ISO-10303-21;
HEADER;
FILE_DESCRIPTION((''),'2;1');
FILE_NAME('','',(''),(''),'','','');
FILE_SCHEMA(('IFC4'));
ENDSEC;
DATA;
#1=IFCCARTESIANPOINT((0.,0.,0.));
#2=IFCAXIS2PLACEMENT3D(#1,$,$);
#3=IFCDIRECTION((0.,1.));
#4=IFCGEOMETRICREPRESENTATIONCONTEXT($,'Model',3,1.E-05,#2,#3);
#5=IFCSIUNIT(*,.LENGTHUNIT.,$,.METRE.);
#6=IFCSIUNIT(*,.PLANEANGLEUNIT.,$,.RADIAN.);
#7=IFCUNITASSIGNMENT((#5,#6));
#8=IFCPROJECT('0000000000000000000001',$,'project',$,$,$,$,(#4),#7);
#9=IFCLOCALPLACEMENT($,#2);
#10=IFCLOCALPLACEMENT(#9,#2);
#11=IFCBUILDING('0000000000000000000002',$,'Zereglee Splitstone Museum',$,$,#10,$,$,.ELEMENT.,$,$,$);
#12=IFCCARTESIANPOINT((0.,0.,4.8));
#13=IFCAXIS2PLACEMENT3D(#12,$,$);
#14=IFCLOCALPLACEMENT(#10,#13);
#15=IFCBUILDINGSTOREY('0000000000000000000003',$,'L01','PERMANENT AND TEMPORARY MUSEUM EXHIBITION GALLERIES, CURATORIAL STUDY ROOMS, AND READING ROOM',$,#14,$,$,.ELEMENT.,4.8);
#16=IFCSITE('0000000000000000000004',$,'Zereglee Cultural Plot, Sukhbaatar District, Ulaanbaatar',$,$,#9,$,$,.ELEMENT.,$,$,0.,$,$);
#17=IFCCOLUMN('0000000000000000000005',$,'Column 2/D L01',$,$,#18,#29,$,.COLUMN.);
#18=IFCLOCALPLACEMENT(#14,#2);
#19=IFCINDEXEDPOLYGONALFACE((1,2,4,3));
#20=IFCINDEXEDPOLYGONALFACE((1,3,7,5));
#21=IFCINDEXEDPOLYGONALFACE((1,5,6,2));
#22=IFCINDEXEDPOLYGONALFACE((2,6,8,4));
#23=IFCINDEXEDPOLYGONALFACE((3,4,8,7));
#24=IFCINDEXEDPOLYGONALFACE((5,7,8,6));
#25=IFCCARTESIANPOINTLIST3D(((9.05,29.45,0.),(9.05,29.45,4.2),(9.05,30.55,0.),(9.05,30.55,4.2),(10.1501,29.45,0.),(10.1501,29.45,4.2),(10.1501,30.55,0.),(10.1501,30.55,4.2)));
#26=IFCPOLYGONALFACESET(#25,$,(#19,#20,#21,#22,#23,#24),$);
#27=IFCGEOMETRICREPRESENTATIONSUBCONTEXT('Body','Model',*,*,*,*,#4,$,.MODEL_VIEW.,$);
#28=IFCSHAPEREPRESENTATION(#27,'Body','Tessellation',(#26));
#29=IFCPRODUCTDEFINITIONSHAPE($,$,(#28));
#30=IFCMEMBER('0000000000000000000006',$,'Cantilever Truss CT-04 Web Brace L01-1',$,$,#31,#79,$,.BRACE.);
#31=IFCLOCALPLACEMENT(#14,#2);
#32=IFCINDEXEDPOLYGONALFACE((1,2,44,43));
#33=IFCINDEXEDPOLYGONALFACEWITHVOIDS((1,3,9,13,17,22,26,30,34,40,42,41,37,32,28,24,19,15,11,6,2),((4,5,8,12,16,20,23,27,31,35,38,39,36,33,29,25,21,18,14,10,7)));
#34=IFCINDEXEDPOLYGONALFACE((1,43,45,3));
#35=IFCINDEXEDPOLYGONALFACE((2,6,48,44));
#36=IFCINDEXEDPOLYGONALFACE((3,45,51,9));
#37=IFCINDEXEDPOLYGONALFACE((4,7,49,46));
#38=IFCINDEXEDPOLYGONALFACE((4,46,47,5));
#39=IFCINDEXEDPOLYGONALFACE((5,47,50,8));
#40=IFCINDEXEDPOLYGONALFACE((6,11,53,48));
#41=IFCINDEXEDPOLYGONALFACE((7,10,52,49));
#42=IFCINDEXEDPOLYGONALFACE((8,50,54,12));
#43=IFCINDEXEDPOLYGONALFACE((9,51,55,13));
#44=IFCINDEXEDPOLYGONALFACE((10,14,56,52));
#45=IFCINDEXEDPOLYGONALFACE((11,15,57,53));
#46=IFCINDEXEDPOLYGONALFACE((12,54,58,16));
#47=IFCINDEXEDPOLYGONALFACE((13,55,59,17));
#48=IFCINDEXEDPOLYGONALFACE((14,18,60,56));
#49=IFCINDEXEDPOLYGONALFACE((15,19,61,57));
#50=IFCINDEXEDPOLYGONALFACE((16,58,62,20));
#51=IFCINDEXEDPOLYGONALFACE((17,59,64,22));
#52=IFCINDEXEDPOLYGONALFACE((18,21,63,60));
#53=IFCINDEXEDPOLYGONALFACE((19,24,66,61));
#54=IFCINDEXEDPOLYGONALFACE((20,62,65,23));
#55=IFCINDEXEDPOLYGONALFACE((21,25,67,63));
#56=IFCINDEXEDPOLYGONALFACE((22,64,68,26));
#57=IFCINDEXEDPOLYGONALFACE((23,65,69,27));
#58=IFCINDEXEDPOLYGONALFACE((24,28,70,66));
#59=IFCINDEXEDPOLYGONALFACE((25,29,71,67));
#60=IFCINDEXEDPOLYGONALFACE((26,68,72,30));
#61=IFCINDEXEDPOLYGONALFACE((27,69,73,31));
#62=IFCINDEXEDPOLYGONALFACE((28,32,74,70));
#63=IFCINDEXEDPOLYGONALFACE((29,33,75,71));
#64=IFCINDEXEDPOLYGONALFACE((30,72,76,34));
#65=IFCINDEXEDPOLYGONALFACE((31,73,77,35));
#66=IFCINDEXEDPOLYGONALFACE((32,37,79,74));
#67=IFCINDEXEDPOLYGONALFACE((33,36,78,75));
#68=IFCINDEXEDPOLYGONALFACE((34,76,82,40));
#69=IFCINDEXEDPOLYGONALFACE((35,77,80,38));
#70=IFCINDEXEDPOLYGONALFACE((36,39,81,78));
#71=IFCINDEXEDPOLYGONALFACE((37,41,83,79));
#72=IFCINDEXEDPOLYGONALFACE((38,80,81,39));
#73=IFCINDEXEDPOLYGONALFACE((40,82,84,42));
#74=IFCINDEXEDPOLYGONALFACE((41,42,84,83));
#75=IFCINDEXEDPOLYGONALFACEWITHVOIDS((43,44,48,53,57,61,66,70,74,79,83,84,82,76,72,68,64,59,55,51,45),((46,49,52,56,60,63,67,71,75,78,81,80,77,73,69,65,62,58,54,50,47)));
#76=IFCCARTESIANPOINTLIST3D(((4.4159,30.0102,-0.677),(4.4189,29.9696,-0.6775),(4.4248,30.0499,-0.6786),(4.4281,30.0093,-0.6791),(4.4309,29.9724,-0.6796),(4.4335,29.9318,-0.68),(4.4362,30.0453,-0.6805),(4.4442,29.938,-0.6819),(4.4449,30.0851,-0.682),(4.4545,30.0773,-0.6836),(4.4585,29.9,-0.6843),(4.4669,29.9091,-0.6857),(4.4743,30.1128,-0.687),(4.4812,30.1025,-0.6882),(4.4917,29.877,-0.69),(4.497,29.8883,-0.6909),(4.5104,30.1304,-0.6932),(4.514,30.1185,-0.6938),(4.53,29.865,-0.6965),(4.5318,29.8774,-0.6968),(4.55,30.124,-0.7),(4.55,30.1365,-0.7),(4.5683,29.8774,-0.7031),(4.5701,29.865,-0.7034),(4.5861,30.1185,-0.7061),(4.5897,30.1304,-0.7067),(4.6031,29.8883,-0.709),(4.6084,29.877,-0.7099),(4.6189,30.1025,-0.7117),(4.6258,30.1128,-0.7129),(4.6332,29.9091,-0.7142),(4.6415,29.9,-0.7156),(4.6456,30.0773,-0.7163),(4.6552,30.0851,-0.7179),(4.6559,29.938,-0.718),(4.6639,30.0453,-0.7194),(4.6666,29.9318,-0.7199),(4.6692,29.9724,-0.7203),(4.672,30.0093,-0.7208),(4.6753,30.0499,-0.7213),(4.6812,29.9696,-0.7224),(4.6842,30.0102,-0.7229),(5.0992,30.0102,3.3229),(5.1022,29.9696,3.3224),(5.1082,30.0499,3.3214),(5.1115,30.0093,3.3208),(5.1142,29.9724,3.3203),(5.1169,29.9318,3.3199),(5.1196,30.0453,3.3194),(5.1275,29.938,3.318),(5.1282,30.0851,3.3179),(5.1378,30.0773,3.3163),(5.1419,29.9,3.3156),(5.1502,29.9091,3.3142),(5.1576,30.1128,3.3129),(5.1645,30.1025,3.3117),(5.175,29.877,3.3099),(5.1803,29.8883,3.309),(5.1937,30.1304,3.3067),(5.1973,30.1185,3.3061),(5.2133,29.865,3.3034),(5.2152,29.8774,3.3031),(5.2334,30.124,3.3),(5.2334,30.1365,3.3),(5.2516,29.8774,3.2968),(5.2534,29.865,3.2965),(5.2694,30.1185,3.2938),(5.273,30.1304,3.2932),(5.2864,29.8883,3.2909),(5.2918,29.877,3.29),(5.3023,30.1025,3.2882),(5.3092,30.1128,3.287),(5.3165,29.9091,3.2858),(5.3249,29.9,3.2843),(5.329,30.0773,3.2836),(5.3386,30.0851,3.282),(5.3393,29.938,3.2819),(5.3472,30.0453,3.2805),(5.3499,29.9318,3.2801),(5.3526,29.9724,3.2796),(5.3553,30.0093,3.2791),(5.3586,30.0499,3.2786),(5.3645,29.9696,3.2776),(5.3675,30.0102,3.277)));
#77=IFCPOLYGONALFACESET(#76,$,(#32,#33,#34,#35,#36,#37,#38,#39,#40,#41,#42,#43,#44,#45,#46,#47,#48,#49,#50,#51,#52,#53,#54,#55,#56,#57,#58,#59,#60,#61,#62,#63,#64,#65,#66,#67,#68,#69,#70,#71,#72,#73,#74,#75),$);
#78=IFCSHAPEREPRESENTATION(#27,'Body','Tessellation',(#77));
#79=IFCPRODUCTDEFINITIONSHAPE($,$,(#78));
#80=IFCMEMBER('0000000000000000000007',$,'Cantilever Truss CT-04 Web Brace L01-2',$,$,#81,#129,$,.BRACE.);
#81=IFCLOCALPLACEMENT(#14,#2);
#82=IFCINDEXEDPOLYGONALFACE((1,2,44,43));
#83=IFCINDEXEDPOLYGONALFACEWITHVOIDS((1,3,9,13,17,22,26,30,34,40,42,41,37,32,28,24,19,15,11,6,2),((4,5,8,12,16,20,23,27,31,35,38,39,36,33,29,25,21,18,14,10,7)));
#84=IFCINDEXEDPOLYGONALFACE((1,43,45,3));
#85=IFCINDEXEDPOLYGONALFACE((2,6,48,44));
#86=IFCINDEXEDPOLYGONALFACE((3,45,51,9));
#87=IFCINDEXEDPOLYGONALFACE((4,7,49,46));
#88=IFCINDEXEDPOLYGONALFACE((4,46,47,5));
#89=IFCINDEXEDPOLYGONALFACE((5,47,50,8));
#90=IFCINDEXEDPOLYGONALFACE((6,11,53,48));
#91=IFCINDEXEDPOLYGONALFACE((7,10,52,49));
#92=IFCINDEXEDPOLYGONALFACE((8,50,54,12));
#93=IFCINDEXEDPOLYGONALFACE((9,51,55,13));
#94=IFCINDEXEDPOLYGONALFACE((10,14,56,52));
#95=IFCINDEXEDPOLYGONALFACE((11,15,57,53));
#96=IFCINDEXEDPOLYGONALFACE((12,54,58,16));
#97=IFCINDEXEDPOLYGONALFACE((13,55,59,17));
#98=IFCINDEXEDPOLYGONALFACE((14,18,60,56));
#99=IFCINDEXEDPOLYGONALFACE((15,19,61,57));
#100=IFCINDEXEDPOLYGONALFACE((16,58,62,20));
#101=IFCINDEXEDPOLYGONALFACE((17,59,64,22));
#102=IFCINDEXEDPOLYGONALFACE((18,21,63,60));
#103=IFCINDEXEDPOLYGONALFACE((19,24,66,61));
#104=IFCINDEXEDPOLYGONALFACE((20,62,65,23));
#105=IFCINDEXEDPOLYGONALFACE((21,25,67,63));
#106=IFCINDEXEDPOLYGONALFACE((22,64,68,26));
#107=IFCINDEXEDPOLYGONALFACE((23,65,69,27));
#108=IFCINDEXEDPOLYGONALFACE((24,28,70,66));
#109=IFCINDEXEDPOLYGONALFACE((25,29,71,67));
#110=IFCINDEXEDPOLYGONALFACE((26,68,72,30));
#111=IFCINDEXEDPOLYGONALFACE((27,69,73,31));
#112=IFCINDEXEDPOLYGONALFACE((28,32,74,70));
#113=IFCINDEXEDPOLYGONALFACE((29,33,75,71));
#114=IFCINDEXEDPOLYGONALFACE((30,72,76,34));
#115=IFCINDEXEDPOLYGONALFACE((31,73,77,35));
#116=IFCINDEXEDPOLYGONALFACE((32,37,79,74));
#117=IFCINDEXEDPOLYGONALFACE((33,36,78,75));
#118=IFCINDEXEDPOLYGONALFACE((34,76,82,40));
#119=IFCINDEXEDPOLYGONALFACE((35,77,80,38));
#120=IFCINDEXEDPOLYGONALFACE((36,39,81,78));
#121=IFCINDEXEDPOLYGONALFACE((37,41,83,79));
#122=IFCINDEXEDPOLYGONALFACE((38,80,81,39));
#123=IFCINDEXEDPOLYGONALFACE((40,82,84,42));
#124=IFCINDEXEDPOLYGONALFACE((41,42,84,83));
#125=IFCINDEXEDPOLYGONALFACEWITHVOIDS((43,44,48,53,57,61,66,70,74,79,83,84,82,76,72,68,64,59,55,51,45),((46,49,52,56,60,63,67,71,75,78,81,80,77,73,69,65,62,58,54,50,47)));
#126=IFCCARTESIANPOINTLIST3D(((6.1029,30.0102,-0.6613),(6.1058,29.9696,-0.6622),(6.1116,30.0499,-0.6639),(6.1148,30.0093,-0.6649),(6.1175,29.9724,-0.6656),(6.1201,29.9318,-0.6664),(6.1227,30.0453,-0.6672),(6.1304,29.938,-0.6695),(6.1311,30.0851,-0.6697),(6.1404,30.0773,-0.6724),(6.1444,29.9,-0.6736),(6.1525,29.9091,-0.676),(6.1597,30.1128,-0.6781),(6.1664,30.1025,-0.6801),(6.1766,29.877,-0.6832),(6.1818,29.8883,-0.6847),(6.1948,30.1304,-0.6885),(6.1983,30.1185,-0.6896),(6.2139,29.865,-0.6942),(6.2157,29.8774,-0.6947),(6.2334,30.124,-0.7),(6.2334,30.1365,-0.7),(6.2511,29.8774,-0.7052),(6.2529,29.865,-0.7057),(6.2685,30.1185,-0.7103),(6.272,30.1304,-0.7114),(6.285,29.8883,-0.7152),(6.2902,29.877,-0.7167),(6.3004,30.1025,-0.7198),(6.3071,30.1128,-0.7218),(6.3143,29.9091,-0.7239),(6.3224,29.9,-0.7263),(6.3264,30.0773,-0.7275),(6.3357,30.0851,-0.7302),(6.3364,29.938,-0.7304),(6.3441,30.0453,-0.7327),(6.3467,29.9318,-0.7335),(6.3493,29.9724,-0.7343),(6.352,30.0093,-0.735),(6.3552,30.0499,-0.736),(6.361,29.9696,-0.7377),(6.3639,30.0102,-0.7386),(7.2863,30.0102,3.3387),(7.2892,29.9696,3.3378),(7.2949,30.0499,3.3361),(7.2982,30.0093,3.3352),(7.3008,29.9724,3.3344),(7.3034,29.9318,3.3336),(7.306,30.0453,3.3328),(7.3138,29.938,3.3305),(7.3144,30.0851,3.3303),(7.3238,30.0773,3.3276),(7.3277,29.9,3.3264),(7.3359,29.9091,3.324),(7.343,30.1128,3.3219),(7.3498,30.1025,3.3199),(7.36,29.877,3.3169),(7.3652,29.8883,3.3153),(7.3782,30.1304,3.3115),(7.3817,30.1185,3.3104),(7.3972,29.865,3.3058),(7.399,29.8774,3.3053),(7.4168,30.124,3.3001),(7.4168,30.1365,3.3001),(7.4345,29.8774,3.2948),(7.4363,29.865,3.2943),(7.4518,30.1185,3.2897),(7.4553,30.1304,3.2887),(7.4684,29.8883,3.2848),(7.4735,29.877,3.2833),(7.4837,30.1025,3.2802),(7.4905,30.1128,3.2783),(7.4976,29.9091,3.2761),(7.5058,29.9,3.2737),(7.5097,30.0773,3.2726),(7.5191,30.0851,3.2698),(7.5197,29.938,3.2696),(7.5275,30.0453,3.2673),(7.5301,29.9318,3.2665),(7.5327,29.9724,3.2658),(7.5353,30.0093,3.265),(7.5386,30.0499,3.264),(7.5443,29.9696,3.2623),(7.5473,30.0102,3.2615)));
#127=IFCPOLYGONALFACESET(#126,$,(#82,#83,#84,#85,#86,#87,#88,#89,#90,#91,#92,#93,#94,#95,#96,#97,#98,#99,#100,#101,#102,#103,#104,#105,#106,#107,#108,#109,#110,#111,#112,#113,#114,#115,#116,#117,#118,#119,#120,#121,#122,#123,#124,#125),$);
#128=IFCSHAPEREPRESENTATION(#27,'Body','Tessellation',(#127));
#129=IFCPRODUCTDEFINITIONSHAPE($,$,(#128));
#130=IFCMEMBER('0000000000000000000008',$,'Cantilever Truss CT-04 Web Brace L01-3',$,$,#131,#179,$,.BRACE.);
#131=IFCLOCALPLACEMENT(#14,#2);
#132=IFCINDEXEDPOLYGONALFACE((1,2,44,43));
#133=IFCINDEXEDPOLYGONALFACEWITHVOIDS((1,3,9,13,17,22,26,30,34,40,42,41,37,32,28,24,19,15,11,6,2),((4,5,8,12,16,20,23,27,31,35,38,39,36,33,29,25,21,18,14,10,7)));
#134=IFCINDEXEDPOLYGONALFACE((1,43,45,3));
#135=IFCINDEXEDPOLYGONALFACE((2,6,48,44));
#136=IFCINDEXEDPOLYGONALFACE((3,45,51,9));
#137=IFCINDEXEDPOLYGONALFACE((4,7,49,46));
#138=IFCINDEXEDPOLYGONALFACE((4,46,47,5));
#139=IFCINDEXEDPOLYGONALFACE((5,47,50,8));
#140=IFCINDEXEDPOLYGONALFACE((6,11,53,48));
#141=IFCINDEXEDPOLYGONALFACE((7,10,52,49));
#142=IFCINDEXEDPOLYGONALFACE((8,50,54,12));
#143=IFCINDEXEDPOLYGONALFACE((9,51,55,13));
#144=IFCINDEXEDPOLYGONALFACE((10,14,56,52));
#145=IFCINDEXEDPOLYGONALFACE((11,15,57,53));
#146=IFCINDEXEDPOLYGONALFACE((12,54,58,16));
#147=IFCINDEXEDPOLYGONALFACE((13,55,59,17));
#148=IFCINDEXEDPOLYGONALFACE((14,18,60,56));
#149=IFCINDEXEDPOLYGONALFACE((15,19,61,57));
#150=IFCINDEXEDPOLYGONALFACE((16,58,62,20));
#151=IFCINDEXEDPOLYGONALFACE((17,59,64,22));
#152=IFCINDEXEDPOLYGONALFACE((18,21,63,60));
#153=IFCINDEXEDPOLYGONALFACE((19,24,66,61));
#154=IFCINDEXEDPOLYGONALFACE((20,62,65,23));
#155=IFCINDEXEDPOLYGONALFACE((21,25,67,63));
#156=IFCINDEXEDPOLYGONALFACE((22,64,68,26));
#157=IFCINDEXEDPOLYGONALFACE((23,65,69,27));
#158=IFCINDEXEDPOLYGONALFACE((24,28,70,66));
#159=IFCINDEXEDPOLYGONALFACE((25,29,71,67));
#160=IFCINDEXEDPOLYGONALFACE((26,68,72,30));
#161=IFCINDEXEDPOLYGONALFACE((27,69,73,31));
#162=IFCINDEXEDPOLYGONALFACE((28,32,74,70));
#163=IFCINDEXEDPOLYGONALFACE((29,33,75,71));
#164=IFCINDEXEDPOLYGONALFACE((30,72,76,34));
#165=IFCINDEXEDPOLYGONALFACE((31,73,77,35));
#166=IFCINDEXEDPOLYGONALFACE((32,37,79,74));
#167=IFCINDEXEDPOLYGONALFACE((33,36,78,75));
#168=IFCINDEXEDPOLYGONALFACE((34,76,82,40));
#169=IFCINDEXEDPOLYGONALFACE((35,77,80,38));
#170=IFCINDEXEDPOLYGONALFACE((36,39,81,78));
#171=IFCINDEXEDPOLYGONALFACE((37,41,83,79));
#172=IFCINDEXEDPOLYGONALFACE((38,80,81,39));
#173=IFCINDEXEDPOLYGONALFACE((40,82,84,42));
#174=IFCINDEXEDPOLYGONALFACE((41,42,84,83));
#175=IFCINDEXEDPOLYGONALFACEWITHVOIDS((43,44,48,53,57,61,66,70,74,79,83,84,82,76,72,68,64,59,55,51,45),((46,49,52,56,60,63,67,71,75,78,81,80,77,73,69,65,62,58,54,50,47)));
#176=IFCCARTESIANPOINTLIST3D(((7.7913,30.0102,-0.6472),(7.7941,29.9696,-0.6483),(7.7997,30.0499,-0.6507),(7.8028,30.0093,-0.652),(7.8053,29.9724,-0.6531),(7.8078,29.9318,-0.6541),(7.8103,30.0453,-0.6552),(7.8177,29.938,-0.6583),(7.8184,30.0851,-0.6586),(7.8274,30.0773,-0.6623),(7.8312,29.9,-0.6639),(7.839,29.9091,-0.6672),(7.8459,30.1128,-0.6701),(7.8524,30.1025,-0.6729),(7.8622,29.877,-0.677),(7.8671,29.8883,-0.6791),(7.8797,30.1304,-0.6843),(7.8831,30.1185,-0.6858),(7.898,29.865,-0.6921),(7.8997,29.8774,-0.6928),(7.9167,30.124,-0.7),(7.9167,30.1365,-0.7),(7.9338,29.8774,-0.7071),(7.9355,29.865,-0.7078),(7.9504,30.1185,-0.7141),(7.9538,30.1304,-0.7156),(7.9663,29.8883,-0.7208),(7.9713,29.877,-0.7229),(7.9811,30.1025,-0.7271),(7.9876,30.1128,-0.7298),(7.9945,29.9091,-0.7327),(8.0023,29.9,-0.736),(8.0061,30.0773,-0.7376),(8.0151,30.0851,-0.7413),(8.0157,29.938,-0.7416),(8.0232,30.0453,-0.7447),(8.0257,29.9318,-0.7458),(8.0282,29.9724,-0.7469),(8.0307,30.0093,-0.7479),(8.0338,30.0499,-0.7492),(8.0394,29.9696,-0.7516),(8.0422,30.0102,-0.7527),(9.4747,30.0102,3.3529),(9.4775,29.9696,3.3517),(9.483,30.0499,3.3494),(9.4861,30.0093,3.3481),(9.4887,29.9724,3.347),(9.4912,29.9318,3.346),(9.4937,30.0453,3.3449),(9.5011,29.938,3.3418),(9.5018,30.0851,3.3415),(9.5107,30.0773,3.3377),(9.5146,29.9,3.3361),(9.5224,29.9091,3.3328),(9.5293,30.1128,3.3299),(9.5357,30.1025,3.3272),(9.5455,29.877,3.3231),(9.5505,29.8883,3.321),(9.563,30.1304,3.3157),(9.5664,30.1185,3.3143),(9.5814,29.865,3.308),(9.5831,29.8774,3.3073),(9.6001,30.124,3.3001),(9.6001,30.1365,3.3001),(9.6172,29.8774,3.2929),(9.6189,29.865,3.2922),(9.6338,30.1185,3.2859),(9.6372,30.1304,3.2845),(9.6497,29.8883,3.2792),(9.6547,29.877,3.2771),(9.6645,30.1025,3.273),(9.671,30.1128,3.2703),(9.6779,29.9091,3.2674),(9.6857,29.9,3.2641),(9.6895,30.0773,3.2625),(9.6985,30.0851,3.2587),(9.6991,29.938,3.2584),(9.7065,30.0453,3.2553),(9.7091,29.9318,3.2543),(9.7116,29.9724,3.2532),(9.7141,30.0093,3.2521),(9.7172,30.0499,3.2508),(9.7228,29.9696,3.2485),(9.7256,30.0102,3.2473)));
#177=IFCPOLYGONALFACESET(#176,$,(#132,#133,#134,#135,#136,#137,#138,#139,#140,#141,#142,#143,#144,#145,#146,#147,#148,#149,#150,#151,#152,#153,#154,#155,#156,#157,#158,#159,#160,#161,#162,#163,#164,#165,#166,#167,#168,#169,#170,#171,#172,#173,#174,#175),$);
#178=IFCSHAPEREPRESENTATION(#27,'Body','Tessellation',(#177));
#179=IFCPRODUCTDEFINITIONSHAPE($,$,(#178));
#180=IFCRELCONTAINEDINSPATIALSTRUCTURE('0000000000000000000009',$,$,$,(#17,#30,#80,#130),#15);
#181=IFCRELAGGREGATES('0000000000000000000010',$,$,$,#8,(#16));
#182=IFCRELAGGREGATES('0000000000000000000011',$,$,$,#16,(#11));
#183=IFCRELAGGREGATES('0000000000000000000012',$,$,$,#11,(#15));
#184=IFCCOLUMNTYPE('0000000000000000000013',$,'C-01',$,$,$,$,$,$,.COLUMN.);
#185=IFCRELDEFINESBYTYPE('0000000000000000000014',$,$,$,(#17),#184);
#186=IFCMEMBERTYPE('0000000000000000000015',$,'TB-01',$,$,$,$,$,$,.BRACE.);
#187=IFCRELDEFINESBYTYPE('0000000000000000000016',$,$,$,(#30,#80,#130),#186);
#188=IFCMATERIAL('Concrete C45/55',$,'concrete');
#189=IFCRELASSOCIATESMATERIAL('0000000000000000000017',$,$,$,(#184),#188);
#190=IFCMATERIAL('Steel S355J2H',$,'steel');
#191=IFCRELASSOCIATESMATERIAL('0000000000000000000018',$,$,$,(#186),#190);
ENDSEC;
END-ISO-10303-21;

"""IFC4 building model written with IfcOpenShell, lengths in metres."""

from ifc_helpers import new_model, si_unit, direction, frame, origin, origin_2d, place, context, subcontext, project, spatial, rectangle, hollow_circle, extrude, material, material_profile, profile_set, type_object, element, save


model = new_model("IFC4")

# Units and contexts
model_context = context("Model", 3, precision=1e-05, world=origin(), true_north=direction((0.0, 1.0)))
body_context = subcontext(model_context, "Body", "Model", "MODEL_VIEW")
ifc_project = project(units=[si_unit("LENGTHUNIT", "METRE"), si_unit("PLANEANGLEUNIT", "RADIAN")], contexts=[model_context])

# Site, building, storey
site_placement = place(None, origin())
site = spatial("IfcSite", under=ifc_project, at=site_placement, Name="Zereglee Cultural Plot, Sukhbaatar District, Ulaanbaatar", CompositionType="ELEMENT", RefElevation=0.0)
building_placement = place(site_placement, origin())
building = spatial("IfcBuilding", under=site, at=building_placement, Name="Zereglee Splitstone Museum", CompositionType="ELEMENT")
storey_placement = place(building_placement, frame((0.0, 0.0, 4.8)))
storey = spatial("IfcBuildingStorey", under=building, at=storey_placement, Name="L01", Description="PERMANENT AND TEMPORARY MUSEUM EXHIBITION GALLERIES, CURATORIAL STUDY ROOMS, AND READING ROOM", CompositionType="ELEMENT", Elevation=4.8)

# Column
ifc_material_1 = material(Name="Concrete C45/55", Category="concrete")
ifc_material_profile_1 = material_profile(ifc_material_1, rectangle(XDim=1.1001, YDim=1.1001, at=origin_2d()), Name="RC 1100x1100")
ifc_profile_set_1 = profile_set([ifc_material_profile_1], Name="Concrete C45/55")
column_type = type_object("IfcColumnType", Name="C-01", PredefinedType="COLUMN", material=ifc_profile_set_1)
column_placement = place(storey_placement, frame((9.6001, 30.0, 0.0), z_axis=(0.0, 0.0, 1.0), x_axis=(1.0, 0.0, 0.0)))
element("IfcColumn", 1, at=column_placement, inside=storey, type_object=column_type, Name="Column 2/D L01", PredefinedType="COLUMN", context=body_context, shape_type="SweptSolid", body=[
    extrude(rectangle(XDim=1.1001, YDim=1.1001, at=origin_2d()), origin(), (0.0, 0.0, 1.0), 4.2),
])

# Members
ifc_material_2 = material(Name="Steel S355J2H", Category="steel")
ifc_material_profile_2 = material_profile(ifc_material_2, hollow_circle(Radius=0.1365, WallThickness=0.0125, at=origin_2d()), Name="CHS 273.0x12.5")
ifc_profile_set_2 = profile_set([ifc_material_profile_2], Name="Steel S355J2H")
member_type_1 = type_object("IfcMemberType", Name="TB-01", PredefinedType="BRACE", material=ifc_profile_set_2)
member_1_placement = place(storey_placement, frame((4.55, 30.0, -0.7), z_axis=(0.168398, 0.0, 0.985719), x_axis=(0.0, 1.0, 0.0)))
element("IfcMember", 2, at=member_1_placement, inside=storey, type_object=member_type_1, Name="Cantilever Truss CT-04 Web Brace L01-1", PredefinedType="BRACE", context=body_context, shape_type="SweptSolid", body=[
    extrude(hollow_circle(Radius=0.1365, WallThickness=0.0125, at=origin_2d()), origin(), (0.0, 0.0, 1.0), 4.0579),
])
member_2_placement = place(storey_placement, frame((6.2334, 30.0, -0.7), z_axis=(0.283684, 0.0, 0.958918), x_axis=(0.0, 1.0, 0.0)))
element("IfcMember", 3, at=member_2_placement, inside=storey, type_object=member_type_1, Name="Cantilever Truss CT-04 Web Brace L01-2", PredefinedType="BRACE", context=body_context, shape_type="SweptSolid", body=[
    extrude(hollow_circle(Radius=0.1365, WallThickness=0.0125, at=origin_2d()), origin(), (0.0, 0.0, 1.0), 4.1714),
])
member_3_placement = place(storey_placement, frame((7.9167, 30.0, -0.7), z_axis=(0.387888, 0.0, 0.921706), x_axis=(0.0, 1.0, 0.0)))
element("IfcMember", 4, at=member_3_placement, inside=storey, type_object=member_type_1, Name="Cantilever Truss CT-04 Web Brace L01-3", PredefinedType="BRACE", context=body_context, shape_type="SweptSolid", body=[
    extrude(hollow_circle(Radius=0.1365, WallThickness=0.0125, at=origin_2d()), origin(), (0.0, 0.0, 1.0), 4.3398),
])

save(model, "model.ifc")
